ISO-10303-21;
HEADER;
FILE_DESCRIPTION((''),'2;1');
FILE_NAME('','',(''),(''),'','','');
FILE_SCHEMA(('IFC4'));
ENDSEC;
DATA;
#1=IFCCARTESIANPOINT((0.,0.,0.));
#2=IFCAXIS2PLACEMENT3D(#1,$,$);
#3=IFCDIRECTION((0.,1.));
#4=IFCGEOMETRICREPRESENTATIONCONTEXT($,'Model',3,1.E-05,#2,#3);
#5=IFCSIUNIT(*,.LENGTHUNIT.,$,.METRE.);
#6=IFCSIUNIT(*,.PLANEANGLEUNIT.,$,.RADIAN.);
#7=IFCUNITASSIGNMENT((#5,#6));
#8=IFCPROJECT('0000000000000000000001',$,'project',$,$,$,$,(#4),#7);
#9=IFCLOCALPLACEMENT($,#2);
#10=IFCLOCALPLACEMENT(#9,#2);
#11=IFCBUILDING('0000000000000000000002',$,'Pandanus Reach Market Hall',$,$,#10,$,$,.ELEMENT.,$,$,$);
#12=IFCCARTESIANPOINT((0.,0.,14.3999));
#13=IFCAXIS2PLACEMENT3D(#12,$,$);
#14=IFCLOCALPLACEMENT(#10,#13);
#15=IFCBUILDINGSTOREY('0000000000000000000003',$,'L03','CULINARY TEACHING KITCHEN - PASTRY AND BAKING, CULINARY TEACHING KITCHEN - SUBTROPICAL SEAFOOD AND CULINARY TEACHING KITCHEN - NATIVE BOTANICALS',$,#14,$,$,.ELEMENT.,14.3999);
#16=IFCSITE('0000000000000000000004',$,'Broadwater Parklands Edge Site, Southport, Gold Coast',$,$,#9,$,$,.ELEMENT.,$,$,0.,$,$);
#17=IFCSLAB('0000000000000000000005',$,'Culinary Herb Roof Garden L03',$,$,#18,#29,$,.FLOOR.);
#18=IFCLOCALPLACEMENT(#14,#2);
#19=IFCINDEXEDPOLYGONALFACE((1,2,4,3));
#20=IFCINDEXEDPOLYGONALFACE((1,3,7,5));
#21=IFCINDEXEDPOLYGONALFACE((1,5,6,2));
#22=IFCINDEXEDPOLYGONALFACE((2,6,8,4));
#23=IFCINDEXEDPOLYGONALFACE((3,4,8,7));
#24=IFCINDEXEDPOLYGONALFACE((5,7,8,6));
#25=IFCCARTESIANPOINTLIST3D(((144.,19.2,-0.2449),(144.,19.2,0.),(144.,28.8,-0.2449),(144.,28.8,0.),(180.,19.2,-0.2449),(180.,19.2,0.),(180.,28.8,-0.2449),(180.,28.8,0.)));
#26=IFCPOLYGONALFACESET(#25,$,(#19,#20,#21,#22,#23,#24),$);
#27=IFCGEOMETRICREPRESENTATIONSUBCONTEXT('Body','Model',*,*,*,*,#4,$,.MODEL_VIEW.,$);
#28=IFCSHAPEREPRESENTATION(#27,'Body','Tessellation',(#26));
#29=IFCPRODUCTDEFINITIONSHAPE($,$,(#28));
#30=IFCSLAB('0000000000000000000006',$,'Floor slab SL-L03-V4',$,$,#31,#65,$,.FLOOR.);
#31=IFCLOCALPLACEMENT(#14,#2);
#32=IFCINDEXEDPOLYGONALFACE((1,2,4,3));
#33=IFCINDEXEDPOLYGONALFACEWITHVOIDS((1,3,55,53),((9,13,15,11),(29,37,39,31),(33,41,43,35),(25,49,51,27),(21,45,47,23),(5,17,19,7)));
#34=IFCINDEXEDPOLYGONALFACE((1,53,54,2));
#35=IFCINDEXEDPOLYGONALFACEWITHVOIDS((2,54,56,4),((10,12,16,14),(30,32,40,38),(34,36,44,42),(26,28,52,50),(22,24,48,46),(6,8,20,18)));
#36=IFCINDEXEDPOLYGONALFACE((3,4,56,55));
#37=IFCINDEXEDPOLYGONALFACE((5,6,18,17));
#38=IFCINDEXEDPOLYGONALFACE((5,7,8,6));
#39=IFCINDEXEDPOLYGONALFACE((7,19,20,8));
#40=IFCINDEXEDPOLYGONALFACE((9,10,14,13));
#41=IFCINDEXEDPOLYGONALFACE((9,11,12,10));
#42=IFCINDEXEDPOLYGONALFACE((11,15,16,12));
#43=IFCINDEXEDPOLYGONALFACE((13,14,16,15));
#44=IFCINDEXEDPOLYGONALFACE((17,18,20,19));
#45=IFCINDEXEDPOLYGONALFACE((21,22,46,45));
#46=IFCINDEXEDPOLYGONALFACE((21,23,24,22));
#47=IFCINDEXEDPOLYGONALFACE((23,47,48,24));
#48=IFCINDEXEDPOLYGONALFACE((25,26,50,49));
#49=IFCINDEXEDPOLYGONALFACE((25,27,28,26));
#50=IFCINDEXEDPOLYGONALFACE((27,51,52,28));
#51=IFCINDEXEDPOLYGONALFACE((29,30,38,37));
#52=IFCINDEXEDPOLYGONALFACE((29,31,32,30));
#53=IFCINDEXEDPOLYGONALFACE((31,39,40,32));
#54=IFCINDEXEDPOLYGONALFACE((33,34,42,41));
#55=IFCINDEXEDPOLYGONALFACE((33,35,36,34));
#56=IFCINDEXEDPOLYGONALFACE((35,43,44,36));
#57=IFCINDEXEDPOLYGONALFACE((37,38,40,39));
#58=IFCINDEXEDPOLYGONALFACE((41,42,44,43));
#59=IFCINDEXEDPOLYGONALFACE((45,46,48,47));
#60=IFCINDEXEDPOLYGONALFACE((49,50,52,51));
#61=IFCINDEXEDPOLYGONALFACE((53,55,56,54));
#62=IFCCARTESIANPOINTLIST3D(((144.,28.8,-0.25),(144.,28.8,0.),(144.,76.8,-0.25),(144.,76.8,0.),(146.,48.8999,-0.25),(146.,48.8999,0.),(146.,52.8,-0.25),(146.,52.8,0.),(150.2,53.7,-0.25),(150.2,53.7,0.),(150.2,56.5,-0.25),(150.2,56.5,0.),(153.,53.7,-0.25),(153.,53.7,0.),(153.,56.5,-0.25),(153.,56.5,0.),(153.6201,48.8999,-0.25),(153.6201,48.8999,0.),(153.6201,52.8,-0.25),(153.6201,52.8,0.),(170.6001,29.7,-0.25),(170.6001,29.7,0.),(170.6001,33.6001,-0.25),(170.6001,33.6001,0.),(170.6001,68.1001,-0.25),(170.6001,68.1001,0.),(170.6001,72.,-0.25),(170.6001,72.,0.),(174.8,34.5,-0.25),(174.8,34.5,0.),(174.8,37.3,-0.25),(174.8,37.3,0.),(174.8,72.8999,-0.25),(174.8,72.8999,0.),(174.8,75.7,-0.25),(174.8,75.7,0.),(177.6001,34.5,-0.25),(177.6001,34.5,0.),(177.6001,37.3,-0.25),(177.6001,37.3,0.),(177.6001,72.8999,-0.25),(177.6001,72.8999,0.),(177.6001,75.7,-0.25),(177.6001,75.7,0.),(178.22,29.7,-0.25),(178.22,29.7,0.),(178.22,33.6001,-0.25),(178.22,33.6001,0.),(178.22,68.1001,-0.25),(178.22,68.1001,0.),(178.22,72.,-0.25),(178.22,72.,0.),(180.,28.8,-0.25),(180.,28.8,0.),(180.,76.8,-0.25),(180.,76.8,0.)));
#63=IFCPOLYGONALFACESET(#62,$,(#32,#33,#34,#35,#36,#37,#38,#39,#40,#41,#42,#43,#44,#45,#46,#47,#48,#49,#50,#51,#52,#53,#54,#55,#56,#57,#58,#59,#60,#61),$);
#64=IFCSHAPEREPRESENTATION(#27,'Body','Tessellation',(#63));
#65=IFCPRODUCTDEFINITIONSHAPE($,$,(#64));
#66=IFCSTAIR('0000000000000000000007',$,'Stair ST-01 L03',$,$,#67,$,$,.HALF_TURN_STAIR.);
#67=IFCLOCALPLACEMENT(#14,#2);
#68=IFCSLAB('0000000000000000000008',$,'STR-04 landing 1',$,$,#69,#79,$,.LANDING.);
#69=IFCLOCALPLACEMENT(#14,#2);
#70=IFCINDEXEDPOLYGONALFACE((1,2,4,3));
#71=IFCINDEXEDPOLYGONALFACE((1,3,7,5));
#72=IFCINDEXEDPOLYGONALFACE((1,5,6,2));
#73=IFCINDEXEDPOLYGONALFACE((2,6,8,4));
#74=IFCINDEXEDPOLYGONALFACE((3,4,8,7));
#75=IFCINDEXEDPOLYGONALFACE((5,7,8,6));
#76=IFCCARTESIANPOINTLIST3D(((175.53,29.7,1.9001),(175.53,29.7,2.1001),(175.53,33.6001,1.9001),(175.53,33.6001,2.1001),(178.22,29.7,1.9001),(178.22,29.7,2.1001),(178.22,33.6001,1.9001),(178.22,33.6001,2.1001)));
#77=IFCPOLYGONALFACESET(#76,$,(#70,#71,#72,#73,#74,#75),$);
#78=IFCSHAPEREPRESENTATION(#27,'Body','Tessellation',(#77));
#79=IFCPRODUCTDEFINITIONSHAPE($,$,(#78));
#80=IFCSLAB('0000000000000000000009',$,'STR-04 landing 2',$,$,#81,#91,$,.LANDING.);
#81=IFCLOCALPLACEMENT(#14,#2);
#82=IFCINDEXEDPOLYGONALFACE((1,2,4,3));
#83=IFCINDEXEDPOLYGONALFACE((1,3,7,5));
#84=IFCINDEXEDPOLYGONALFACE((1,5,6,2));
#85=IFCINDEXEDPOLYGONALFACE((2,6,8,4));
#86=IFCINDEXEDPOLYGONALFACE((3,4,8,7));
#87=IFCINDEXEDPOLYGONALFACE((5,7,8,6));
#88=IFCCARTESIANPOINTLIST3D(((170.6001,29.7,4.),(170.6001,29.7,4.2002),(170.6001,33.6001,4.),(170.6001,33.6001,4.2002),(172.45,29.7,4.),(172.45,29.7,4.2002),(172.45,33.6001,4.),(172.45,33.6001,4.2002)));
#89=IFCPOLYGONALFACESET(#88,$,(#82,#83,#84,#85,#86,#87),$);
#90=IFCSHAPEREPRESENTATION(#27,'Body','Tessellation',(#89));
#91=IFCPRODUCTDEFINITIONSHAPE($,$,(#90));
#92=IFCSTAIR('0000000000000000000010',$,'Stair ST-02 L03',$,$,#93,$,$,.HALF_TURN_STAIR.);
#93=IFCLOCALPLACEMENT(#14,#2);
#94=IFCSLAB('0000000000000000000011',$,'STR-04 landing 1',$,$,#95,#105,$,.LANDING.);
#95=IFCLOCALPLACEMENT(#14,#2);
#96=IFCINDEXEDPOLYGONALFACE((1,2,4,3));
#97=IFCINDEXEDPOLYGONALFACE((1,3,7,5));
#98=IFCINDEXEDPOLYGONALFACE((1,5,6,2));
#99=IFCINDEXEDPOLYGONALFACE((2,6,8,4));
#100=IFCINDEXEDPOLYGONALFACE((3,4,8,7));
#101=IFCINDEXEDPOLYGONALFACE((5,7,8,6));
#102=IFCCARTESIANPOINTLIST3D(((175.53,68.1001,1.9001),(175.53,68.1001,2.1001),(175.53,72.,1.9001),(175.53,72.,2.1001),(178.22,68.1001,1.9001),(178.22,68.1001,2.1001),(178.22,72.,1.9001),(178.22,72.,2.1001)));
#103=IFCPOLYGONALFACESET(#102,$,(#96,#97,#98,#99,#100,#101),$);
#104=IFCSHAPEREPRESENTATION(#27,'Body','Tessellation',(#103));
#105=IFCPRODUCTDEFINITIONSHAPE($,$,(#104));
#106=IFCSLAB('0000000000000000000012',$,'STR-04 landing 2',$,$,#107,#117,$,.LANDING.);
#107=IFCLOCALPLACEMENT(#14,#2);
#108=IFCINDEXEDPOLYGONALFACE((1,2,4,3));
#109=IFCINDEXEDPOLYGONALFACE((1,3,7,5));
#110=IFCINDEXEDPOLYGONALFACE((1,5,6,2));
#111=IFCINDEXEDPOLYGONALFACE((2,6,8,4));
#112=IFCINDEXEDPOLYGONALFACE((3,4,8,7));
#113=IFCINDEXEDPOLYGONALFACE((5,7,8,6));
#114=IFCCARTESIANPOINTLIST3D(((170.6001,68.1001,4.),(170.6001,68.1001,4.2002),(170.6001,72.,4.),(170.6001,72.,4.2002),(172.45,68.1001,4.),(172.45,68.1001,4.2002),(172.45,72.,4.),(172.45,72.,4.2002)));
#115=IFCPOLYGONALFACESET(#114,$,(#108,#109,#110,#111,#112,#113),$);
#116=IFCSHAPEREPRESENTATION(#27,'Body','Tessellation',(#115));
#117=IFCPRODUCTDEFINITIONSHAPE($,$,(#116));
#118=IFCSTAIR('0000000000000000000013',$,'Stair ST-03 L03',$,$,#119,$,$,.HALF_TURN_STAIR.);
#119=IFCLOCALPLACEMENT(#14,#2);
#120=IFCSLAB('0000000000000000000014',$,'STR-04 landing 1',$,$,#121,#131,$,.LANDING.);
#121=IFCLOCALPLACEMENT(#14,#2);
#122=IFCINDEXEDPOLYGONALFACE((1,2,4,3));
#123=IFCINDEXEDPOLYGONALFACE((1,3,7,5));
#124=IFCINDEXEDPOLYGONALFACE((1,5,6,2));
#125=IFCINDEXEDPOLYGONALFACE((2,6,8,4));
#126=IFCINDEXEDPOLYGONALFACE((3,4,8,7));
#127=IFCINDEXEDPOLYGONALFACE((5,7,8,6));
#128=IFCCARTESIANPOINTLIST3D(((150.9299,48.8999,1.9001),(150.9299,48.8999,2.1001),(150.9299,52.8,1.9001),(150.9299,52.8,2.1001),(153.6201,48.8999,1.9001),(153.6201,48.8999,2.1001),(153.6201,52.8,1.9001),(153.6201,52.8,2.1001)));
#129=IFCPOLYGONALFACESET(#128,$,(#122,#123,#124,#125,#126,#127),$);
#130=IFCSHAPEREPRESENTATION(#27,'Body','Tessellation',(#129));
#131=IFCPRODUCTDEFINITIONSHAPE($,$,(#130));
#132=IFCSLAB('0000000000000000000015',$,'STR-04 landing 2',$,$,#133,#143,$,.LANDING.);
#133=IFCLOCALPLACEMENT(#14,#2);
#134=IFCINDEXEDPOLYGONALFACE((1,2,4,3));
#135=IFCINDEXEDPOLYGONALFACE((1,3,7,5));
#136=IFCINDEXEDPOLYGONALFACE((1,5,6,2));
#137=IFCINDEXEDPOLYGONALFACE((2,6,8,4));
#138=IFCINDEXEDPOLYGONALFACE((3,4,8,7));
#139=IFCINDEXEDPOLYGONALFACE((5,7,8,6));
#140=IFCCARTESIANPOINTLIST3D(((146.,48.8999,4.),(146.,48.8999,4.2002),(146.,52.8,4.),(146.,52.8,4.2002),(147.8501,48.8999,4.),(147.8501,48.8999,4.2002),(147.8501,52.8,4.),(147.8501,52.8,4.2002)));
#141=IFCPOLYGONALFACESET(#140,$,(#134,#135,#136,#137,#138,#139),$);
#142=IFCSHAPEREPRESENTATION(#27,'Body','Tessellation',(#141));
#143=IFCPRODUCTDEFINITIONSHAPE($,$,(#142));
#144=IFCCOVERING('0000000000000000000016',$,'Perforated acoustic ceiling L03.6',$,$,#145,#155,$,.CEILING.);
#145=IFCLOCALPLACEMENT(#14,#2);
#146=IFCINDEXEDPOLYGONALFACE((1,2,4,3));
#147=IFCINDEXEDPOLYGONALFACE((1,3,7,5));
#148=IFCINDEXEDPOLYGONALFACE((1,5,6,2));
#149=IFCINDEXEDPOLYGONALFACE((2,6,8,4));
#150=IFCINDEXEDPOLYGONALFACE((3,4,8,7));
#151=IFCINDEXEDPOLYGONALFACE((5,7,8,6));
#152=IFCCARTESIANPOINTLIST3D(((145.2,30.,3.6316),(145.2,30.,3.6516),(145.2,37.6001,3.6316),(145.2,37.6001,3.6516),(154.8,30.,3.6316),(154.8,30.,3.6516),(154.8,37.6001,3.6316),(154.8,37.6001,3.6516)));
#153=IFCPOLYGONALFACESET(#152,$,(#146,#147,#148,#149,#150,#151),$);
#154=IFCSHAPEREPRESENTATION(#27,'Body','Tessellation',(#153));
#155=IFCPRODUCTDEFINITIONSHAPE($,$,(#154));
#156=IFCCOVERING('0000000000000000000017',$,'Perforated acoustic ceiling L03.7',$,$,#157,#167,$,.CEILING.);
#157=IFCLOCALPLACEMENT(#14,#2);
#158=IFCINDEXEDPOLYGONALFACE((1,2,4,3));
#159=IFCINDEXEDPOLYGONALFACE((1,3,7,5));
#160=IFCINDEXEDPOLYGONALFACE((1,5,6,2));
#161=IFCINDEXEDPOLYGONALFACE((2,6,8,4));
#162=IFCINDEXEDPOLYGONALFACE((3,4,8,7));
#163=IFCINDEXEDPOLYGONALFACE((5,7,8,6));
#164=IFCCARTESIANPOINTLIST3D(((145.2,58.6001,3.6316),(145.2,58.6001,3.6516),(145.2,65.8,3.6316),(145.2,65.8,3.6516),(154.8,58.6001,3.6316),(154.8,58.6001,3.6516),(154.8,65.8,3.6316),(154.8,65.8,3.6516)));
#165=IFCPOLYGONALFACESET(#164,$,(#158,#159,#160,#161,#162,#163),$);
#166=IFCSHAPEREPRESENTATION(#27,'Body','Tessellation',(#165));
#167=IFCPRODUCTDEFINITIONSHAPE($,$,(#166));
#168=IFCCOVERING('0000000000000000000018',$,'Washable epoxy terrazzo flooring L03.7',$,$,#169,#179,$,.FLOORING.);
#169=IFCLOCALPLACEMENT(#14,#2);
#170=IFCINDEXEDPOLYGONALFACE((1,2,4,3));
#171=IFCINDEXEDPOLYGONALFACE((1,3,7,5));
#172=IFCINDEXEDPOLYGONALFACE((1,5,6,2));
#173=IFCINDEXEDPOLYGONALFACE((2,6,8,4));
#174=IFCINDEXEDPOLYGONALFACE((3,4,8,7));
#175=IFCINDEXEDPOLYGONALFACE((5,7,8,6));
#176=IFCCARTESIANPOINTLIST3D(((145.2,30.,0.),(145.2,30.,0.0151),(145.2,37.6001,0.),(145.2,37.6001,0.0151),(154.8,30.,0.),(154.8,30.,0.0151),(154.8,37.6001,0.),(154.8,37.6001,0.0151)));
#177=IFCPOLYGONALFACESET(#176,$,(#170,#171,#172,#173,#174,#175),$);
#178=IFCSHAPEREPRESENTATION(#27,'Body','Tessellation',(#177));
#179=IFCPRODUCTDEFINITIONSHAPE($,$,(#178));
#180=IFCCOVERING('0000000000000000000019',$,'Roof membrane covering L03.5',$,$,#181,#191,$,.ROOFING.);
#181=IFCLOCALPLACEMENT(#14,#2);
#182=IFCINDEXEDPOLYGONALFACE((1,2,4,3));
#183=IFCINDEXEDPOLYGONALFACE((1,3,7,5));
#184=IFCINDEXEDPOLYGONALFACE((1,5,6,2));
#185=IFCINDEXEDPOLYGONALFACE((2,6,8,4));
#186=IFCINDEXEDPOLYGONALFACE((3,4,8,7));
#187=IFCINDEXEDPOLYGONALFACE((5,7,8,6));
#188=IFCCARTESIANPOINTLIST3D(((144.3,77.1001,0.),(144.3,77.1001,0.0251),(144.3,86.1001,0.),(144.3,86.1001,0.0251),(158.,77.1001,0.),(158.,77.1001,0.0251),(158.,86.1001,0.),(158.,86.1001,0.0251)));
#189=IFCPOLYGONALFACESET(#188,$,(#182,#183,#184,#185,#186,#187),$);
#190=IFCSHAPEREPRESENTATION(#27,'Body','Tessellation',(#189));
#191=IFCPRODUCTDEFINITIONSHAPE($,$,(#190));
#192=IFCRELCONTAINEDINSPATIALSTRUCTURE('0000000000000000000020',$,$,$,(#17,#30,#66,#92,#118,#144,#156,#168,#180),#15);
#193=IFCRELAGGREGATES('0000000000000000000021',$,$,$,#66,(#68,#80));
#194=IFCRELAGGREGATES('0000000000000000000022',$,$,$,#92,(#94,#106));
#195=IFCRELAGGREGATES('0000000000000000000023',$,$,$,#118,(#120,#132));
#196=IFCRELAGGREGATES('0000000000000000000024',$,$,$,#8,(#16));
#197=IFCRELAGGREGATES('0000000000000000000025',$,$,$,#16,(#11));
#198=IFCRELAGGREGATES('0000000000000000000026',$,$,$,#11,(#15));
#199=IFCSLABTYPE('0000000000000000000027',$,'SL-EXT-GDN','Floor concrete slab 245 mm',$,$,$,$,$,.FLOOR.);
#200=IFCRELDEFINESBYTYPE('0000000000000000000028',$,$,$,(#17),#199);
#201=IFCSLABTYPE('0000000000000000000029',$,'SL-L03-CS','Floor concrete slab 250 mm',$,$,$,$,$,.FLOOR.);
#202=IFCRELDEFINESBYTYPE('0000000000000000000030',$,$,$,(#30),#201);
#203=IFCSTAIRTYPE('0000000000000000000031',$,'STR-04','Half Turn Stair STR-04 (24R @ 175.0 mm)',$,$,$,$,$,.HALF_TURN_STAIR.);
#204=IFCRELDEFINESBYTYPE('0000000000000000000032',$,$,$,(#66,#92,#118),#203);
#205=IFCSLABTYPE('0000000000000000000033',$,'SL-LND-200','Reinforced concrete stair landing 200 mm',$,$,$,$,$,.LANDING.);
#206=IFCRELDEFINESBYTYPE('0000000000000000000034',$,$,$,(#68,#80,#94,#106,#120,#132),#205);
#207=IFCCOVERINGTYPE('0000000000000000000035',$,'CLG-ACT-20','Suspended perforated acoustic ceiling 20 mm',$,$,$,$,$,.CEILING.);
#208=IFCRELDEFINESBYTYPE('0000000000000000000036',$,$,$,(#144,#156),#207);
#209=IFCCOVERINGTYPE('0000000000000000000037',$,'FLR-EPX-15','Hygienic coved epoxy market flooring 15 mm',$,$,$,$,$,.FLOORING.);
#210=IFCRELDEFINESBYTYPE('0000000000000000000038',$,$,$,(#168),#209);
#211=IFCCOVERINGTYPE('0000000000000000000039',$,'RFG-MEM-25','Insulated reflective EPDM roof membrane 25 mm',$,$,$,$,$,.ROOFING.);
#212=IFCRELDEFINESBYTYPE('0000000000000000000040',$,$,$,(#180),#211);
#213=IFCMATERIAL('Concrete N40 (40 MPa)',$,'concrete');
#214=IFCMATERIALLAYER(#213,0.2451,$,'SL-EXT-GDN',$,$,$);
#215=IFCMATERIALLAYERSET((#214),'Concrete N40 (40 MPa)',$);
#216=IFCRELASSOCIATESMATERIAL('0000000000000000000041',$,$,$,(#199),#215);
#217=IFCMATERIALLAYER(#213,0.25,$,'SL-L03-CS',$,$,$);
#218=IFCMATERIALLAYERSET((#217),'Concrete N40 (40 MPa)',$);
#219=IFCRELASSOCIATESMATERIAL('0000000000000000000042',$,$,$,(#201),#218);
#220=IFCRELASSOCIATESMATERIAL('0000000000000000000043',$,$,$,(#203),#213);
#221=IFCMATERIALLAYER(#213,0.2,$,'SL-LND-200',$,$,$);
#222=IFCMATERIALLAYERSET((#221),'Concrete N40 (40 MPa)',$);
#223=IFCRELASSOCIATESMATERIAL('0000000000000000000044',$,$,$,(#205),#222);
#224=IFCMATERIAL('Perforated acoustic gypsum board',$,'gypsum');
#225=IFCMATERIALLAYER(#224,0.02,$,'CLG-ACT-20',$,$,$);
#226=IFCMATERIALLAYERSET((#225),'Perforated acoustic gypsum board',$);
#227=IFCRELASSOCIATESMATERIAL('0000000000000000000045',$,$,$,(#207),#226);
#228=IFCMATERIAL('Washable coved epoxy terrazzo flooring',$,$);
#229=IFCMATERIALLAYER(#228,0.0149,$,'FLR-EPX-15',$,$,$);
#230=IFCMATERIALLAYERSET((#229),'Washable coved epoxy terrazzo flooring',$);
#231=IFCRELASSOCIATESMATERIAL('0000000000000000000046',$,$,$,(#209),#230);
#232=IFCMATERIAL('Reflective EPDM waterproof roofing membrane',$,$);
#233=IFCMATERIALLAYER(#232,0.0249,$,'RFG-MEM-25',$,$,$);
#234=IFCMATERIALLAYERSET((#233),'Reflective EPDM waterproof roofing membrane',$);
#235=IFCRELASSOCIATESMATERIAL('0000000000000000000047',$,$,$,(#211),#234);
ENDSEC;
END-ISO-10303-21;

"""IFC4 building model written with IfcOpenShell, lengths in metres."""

from ifc_helpers import new_model, si_unit, direction, frame, origin, place, context, subcontext, project, spatial, polyline, outline, extrude, material, layer, layer_set, type_object, element, aggregate, save


model = new_model("IFC4")

# Units and contexts
model_context = context("Model", 3, precision=1e-05, world=origin(), true_north=direction((0.0, 1.0)))
body_context = subcontext(model_context, "Body", "Model", "MODEL_VIEW")
ifc_project = project(units=[si_unit("LENGTHUNIT", "METRE"), si_unit("PLANEANGLEUNIT", "RADIAN")], contexts=[model_context])

# Site, building, storey
site_placement = place(None, origin())
site = spatial("IfcSite", under=ifc_project, at=site_placement, Name="Broadwater Parklands Edge Site, Southport, Gold Coast", CompositionType="ELEMENT", RefElevation=0.0)
building_placement = place(site_placement, origin())
building = spatial("IfcBuilding", under=site, at=building_placement, Name="Pandanus Reach Market Hall", CompositionType="ELEMENT")
storey_placement = place(building_placement, frame((0.0, 0.0, 14.3999)))
storey = spatial("IfcBuildingStorey", under=building, at=storey_placement, Name="L03", Description="CULINARY TEACHING KITCHEN - PASTRY AND BAKING, CULINARY TEACHING KITCHEN - SUBTROPICAL SEAFOOD AND CULINARY TEACHING KITCHEN - NATIVE BOTANICALS", CompositionType="ELEMENT", Elevation=14.3999)

# Shared definitions
ifc_material_1 = material(Name="Concrete N40 (40 MPa)", Category="concrete")

# Slabs
ifc_layer_1 = layer(ifc_material_1, 0.2451, Name="SL-EXT-GDN")
ifc_layer_set_1 = layer_set([ifc_layer_1], Name="Concrete N40 (40 MPa)")
slab_type_1 = type_object("IfcSlabType", Name="SL-EXT-GDN", Description="Floor concrete slab 245 mm", PredefinedType="FLOOR", material=ifc_layer_set_1)
slab_1_placement = place(storey_placement, frame((0.0, 0.0, -0.2449)))
element("IfcSlab", 1, at=slab_1_placement, inside=storey, type_object=slab_type_1, Name="Culinary Herb Roof Garden L03", PredefinedType="FLOOR", context=body_context, shape_type="SweptSolid", body=[
    extrude(outline(polyline([(144.0, 19.2), (180.0, 19.2), (180.0, 28.8), (144.0, 28.8), (144.0, 19.2)])), origin(), (0.0, 0.0, 1.0), 0.2449),
])
ifc_layer_2 = layer(ifc_material_1, 0.25, Name="SL-L03-CS")
ifc_layer_set_2 = layer_set([ifc_layer_2], Name="Concrete N40 (40 MPa)")
slab_type_2 = type_object("IfcSlabType", Name="SL-L03-CS", Description="Floor concrete slab 250 mm", PredefinedType="FLOOR", material=ifc_layer_set_2)
slab_2_placement = place(storey_placement, frame((0.0, 0.0, -0.25)))
element("IfcSlab", 2, at=slab_2_placement, inside=storey, type_object=slab_type_2, Name="Floor slab SL-L03-V4", PredefinedType="FLOOR", context=body_context, shape_type="SweptSolid", body=[
    extrude(outline(polyline([(144.0, 28.8), (180.0, 28.8), (180.0, 76.8), (144.0, 76.8), (144.0, 28.8)]), holes=[polyline([(170.6001, 29.7), (178.22, 29.7), (178.22, 33.6001), (170.6001, 33.6001), (170.6001, 29.7)]), polyline([(174.8, 34.5), (177.6001, 34.5), (177.6001, 37.3), (174.8, 37.3), (174.8, 34.5)]), polyline([(170.6001, 68.1001), (178.22, 68.1001), (178.22, 72.0), (170.6001, 72.0), (170.6001, 68.1001)]), polyline([(174.8, 72.8999), (177.6001, 72.8999), (177.6001, 75.7), (174.8, 75.7), (174.8, 72.8999)]), polyline([(146.0, 48.8999), (153.6201, 48.8999), (153.6201, 52.8), (146.0, 52.8), (146.0, 48.8999)]), polyline([(150.2, 53.7), (153.0, 53.7), (153.0, 56.5), (150.2, 56.5), (150.2, 53.7)])]), origin(), (0.0, 0.0, 1.0), 0.25),
])

# Stairs, slabs
stair_type = type_object("IfcStairType", Name="STR-04", Description="Half Turn Stair STR-04 (24R @ 175.0 mm)", PredefinedType="HALF_TURN_STAIR", material=ifc_material_1)
stair_1_placement = place(storey_placement, origin())
stair_1 = element("IfcStair", 3, at=stair_1_placement, inside=storey, type_object=stair_type, Name="Stair ST-01 L03", PredefinedType="HALF_TURN_STAIR")
ifc_layer_3 = layer(ifc_material_1, 0.2, Name="SL-LND-200")
ifc_layer_set_3 = layer_set([ifc_layer_3], Name="Concrete N40 (40 MPa)")
slab_type_3 = type_object("IfcSlabType", Name="SL-LND-200", Description="Reinforced concrete stair landing 200 mm", PredefinedType="LANDING", material=ifc_layer_set_3)
slab_3_placement = place(storey_placement, frame((0.0, 0.0, 1.9001)))
slab_3 = element("IfcSlab", 4, at=slab_3_placement, type_object=slab_type_3, Name="STR-04 landing 1", PredefinedType="LANDING", context=body_context, shape_type="SweptSolid", body=[
    extrude(outline(polyline([(175.53, 29.7), (178.22, 29.7), (178.22, 33.6001), (175.53, 33.6001), (175.53, 29.7)])), origin(), (0.0, 0.0, 1.0), 0.2),
])
slab_4_placement = place(storey_placement, frame((0.0, 0.0, 4.0)))
slab_4 = element("IfcSlab", 5, at=slab_4_placement, type_object=slab_type_3, Name="STR-04 landing 2", PredefinedType="LANDING", context=body_context, shape_type="SweptSolid", body=[
    extrude(outline(polyline([(170.6001, 29.7), (172.45, 29.7), (172.45, 33.6001), (170.6001, 33.6001), (170.6001, 29.7)])), origin(), (0.0, 0.0, 1.0), 0.2002),
])
aggregate(stair_1, [slab_3, slab_4])
stair_2_placement = place(storey_placement, origin())
stair_2 = element("IfcStair", 6, at=stair_2_placement, inside=storey, type_object=stair_type, Name="Stair ST-02 L03", PredefinedType="HALF_TURN_STAIR")
slab_5_placement = place(storey_placement, frame((0.0, 0.0, 1.9001)))
slab_5 = element("IfcSlab", 7, at=slab_5_placement, type_object=slab_type_3, Name="STR-04 landing 1", PredefinedType="LANDING", context=body_context, shape_type="SweptSolid", body=[
    extrude(outline(polyline([(175.53, 68.1001), (178.22, 68.1001), (178.22, 72.0), (175.53, 72.0), (175.53, 68.1001)])), origin(), (0.0, 0.0, 1.0), 0.2),
])
slab_6_placement = place(storey_placement, frame((0.0, 0.0, 4.0)))
slab_6 = element("IfcSlab", 8, at=slab_6_placement, type_object=slab_type_3, Name="STR-04 landing 2", PredefinedType="LANDING", context=body_context, shape_type="SweptSolid", body=[
    extrude(outline(polyline([(170.6001, 68.1001), (172.45, 68.1001), (172.45, 72.0), (170.6001, 72.0), (170.6001, 68.1001)])), origin(), (0.0, 0.0, 1.0), 0.2002),
])
aggregate(stair_2, [slab_5, slab_6])
stair_3_placement = place(storey_placement, origin())
stair_3 = element("IfcStair", 9, at=stair_3_placement, inside=storey, type_object=stair_type, Name="Stair ST-03 L03", PredefinedType="HALF_TURN_STAIR")
slab_7_placement = place(storey_placement, frame((0.0, 0.0, 1.9001)))
slab_7 = element("IfcSlab", 10, at=slab_7_placement, type_object=slab_type_3, Name="STR-04 landing 1", PredefinedType="LANDING", context=body_context, shape_type="SweptSolid", body=[
    extrude(outline(polyline([(150.9299, 48.8999), (153.6201, 48.8999), (153.6201, 52.8), (150.9299, 52.8), (150.9299, 48.8999)])), origin(), (0.0, 0.0, 1.0), 0.2),
])
slab_8_placement = place(storey_placement, frame((0.0, 0.0, 4.0)))
slab_8 = element("IfcSlab", 11, at=slab_8_placement, type_object=slab_type_3, Name="STR-04 landing 2", PredefinedType="LANDING", context=body_context, shape_type="SweptSolid", body=[
    extrude(outline(polyline([(146.0, 48.8999), (147.8501, 48.8999), (147.8501, 52.8), (146.0, 52.8), (146.0, 48.8999)])), origin(), (0.0, 0.0, 1.0), 0.2002),
])
aggregate(stair_3, [slab_7, slab_8])

# Coverings
ifc_material_2 = material(Name="Perforated acoustic gypsum board", Category="gypsum")
ifc_layer_4 = layer(ifc_material_2, 0.02, Name="CLG-ACT-20")
ifc_layer_set_4 = layer_set([ifc_layer_4], Name="Perforated acoustic gypsum board")
covering_type_1 = type_object("IfcCoveringType", Name="CLG-ACT-20", Description="Suspended perforated acoustic ceiling 20 mm", PredefinedType="CEILING", material=ifc_layer_set_4)
covering_1_placement = place(storey_placement, frame((0.0, 0.0, 3.6316)))
element("IfcCovering", 12, at=covering_1_placement, inside=storey, type_object=covering_type_1, Name="Perforated acoustic ceiling L03.6", PredefinedType="CEILING", context=body_context, shape_type="SweptSolid", body=[
    extrude(outline(polyline([(145.2, 30.0), (154.8, 30.0), (154.8, 37.6001), (145.2, 37.6001), (145.2, 30.0)])), origin(), (0.0, 0.0, 1.0), 0.02),
])
covering_2_placement = place(storey_placement, frame((0.0, 0.0, 3.6316)))
element("IfcCovering", 13, at=covering_2_placement, inside=storey, type_object=covering_type_1, Name="Perforated acoustic ceiling L03.7", PredefinedType="CEILING", context=body_context, shape_type="SweptSolid", body=[
    extrude(outline(polyline([(145.2, 58.6001), (154.8, 58.6001), (154.8, 65.8), (145.2, 65.8), (145.2, 58.6001)])), origin(), (0.0, 0.0, 1.0), 0.02),
])
ifc_material_3 = material(Name="Washable coved epoxy terrazzo flooring")
ifc_layer_5 = layer(ifc_material_3, 0.0149, Name="FLR-EPX-15")
ifc_layer_set_5 = layer_set([ifc_layer_5], Name="Washable coved epoxy terrazzo flooring")
covering_type_2 = type_object("IfcCoveringType", Name="FLR-EPX-15", Description="Hygienic coved epoxy market flooring 15 mm", PredefinedType="FLOORING", material=ifc_layer_set_5)
covering_3_placement = place(storey_placement, origin())
element("IfcCovering", 14, at=covering_3_placement, inside=storey, type_object=covering_type_2, Name="Washable epoxy terrazzo flooring L03.7", PredefinedType="FLOORING", context=body_context, shape_type="SweptSolid", body=[
    extrude(outline(polyline([(145.2, 30.0), (154.8, 30.0), (154.8, 37.6001), (145.2, 37.6001), (145.2, 30.0)])), origin(), (0.0, 0.0, 1.0), 0.0151),
])
ifc_material_4 = material(Name="Reflective EPDM waterproof roofing membrane")
ifc_layer_6 = layer(ifc_material_4, 0.0249, Name="RFG-MEM-25")
ifc_layer_set_6 = layer_set([ifc_layer_6], Name="Reflective EPDM waterproof roofing membrane")
covering_type_3 = type_object("IfcCoveringType", Name="RFG-MEM-25", Description="Insulated reflective EPDM roof membrane 25 mm", PredefinedType="ROOFING", material=ifc_layer_set_6)
covering_4_placement = place(storey_placement, origin())
element("IfcCovering", 15, at=covering_4_placement, inside=storey, type_object=covering_type_3, Name="Roof membrane covering L03.5", PredefinedType="ROOFING", context=body_context, shape_type="SweptSolid", body=[
    extrude(outline(polyline([(144.3, 77.1001), (158.0, 77.1001), (158.0, 86.1001), (144.3, 86.1001), (144.3, 77.1001)])), origin(), (0.0, 0.0, 1.0), 0.0251),
])

save(model, "model.ifc")
